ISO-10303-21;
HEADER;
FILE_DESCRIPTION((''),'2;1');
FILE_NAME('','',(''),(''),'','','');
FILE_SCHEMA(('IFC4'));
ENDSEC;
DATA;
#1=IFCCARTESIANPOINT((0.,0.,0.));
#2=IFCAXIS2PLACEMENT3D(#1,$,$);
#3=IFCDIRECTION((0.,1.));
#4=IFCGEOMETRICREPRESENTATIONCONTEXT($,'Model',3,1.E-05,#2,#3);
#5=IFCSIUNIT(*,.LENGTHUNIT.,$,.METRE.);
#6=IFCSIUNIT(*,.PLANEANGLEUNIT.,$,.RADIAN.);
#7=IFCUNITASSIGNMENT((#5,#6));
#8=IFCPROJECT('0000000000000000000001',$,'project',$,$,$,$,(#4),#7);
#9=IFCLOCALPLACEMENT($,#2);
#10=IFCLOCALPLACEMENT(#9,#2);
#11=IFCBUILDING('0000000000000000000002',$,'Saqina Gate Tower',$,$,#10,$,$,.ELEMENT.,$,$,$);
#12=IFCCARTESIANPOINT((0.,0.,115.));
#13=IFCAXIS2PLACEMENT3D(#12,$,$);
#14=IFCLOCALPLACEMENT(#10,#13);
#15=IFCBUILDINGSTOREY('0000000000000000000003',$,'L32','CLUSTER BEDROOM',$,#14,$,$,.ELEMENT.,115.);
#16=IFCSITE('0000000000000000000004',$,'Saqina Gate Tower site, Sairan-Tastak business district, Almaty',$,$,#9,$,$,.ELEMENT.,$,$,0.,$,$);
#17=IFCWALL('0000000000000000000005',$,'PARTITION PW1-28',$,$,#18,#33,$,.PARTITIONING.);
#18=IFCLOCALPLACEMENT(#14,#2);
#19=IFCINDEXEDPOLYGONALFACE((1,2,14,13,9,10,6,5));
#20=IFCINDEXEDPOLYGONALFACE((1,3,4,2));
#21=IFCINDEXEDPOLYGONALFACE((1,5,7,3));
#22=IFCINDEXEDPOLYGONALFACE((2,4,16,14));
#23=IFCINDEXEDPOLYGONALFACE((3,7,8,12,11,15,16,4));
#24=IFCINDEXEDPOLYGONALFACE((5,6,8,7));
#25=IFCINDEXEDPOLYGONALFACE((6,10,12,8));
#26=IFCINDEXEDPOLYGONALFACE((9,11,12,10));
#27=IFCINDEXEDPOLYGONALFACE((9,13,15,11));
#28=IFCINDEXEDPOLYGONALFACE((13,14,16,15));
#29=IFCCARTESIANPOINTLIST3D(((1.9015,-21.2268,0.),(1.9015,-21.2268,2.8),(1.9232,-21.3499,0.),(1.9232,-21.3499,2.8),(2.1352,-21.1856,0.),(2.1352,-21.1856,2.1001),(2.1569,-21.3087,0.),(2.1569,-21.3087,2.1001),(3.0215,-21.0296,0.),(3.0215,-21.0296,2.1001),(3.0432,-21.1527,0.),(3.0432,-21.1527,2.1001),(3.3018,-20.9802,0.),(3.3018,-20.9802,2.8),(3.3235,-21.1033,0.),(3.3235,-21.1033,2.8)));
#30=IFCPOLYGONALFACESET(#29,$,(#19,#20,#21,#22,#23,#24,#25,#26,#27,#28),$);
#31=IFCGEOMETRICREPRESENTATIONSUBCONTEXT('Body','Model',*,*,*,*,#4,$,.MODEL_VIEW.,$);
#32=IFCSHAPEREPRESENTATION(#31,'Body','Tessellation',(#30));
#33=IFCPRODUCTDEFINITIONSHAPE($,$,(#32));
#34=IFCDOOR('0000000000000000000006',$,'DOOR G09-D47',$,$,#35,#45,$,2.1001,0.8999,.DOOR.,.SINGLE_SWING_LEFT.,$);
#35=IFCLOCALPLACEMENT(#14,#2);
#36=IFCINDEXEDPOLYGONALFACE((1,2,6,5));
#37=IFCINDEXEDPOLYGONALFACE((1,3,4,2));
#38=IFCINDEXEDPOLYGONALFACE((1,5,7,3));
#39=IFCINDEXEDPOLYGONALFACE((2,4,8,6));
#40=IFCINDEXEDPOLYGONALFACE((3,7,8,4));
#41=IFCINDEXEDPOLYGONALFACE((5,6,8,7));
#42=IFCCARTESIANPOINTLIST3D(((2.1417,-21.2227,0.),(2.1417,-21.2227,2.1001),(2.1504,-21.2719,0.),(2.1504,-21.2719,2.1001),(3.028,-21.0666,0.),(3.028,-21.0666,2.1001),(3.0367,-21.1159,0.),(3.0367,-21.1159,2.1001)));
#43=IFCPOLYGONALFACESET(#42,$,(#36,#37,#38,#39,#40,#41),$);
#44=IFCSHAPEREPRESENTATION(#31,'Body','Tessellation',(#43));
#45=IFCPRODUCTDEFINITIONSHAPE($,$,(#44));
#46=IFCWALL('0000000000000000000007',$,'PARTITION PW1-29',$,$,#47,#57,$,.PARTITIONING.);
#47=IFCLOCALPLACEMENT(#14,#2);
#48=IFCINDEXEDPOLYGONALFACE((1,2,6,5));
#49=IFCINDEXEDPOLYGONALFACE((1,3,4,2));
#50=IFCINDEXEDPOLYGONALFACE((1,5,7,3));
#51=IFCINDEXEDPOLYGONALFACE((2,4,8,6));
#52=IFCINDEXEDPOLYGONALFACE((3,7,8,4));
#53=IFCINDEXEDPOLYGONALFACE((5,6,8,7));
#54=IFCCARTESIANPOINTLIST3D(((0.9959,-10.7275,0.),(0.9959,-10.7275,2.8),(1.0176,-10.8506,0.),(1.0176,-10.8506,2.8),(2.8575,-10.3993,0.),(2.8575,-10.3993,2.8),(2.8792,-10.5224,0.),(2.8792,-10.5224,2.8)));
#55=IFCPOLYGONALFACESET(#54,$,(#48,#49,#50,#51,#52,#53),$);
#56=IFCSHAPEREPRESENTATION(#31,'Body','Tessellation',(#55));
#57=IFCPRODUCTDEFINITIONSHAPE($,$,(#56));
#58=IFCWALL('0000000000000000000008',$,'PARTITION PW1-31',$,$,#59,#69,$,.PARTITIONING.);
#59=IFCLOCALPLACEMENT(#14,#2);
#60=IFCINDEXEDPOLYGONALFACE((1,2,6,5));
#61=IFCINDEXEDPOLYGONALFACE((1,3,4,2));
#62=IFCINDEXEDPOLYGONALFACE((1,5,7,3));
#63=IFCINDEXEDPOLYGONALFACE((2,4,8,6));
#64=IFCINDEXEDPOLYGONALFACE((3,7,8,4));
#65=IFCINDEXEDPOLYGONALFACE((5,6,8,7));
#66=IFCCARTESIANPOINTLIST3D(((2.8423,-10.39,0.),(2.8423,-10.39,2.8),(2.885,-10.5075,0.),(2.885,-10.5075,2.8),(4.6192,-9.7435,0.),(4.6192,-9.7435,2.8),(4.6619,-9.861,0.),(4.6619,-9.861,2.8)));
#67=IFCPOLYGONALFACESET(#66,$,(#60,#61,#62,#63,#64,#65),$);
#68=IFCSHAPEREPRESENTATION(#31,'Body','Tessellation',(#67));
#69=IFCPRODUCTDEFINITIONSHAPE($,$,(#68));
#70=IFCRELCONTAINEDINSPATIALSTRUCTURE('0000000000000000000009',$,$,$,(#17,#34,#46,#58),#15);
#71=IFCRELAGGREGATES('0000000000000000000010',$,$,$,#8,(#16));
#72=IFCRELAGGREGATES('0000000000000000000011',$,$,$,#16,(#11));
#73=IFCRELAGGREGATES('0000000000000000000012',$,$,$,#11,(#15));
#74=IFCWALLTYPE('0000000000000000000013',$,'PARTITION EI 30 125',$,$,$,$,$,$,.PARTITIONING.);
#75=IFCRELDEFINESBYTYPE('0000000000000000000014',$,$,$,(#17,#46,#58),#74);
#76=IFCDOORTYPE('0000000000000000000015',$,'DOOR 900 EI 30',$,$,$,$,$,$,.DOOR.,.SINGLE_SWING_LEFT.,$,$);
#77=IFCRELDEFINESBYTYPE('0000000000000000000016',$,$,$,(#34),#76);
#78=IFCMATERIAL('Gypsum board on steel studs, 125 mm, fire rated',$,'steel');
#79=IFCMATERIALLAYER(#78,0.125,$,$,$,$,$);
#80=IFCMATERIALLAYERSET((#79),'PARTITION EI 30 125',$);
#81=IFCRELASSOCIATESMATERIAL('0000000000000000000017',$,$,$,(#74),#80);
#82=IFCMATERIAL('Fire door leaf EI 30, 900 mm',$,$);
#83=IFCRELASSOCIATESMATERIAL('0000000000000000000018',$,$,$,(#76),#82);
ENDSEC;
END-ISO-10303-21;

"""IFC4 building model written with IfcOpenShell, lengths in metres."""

from ifc_helpers import new_model, si_unit, direction, frame, frame_2d, origin, place, context, subcontext, project, spatial, rectangle, extrude, material, layer, layer_set, type_object, element, fill, save


model = new_model("IFC4")

# Units and contexts
model_context = context("Model", 3, precision=1e-05, world=origin(), true_north=direction((0.0, 1.0)))
body_context = subcontext(model_context, "Body", "Model", "MODEL_VIEW")
ifc_project = project(units=[si_unit("LENGTHUNIT", "METRE"), si_unit("PLANEANGLEUNIT", "RADIAN")], contexts=[model_context])

# Site, building, storey
site_placement = place(None, origin())
site = spatial("IfcSite", under=ifc_project, at=site_placement, Name="Saqina Gate Tower site, Sairan-Tastak business district, Almaty", CompositionType="ELEMENT", RefElevation=0.0)
building_placement = place(site_placement, origin())
building = spatial("IfcBuilding", under=site, at=building_placement, Name="Saqina Gate Tower", CompositionType="ELEMENT")
storey_placement = place(building_placement, frame((0.0, 0.0, 115.0)))
storey = spatial("IfcBuildingStorey", under=building, at=storey_placement, Name="L32", Description="CLUSTER BEDROOM", CompositionType="ELEMENT", Elevation=115.0)

# Wall, opening, door
ifc_material_1 = material(Name="Gypsum board on steel studs, 125 mm, fire rated", Category="steel")
ifc_layer_1 = layer(ifc_material_1, 0.125)
ifc_layer_set_1 = layer_set([ifc_layer_1], Name="PARTITION EI 30 125")
wall_type_1 = type_object("IfcWallType", Name="PARTITION EI 30 125", PredefinedType="PARTITIONING", material=ifc_layer_set_1)
wall_1_placement = place(storey_placement, frame((1.9124, -21.2883, 0.0), z_axis=(0.0, 0.0, 1.0), x_axis=(0.984849, 0.173413, 0.0)))
wall_1 = element("IfcWall", 1, at=wall_1_placement, inside=storey, type_object=wall_type_1, Name="PARTITION PW1-28", PredefinedType="PARTITIONING", context=body_context, shape_type="SweptSolid", body=[
    extrude(rectangle(XDim=1.4219, YDim=0.125, at=frame_2d((0.7109, 0.0))), origin(), (0.0, 0.0, 1.0), 2.8),
])
opening_1_placement = place(wall_1_placement, frame((0.2373, 0.0, 0.0)))
opening_1 = element("IfcOpeningElement", 2, at=opening_1_placement, cuts=wall_1, PredefinedType="OPENING", context=body_context, shape_type="SweptSolid", body=[
    extrude(rectangle(XDim=0.8999, YDim=2.1001, at=frame_2d((0.45, 1.05))), frame((0.0, 0.0745, 0.0), z_axis=(0.0, -1.0, 0.0), x_axis=(1.0, 0.0, 0.0)), (0.0, 0.0, 1.0), 0.1489),
])
ifc_material_2 = material(Name="Fire door leaf EI 30, 900 mm")
door_type_1 = type_object("IfcDoorType", Name="DOOR 900 EI 30", OperationType="SINGLE_SWING_LEFT", PredefinedType="DOOR", material=ifc_material_2)
door_1_placement = place(opening_1_placement, origin())
door_1 = element("IfcDoor", 3, at=door_1_placement, inside=storey, type_object=door_type_1, Name="DOOR G09-D47", OperationType="SINGLE_SWING_LEFT", OverallHeight=2.1001, OverallWidth=0.8999, PredefinedType="DOOR", context=body_context, shape_type="SweptSolid", body=[
    extrude(rectangle(XDim=0.8999, YDim=2.1001, at=frame_2d((0.45, 1.05))), frame((0.0, 0.0249, 0.0), z_axis=(0.0, -1.0, 0.0), x_axis=(1.0, 0.0, 0.0)), (0.0, 0.0, 1.0), 0.05),
])
fill(opening_1, door_1)

# Walls
wall_2_placement = place(storey_placement, frame((1.0066, -10.7891, 0.0), z_axis=(0.0, 0.0, 1.0), x_axis=(0.984819, 0.173586, 0.0)))
element("IfcWall", 4, at=wall_2_placement, inside=storey, type_object=wall_type_1, Name="PARTITION PW1-29", PredefinedType="PARTITIONING", context=body_context, shape_type="SweptSolid", body=[
    extrude(rectangle(XDim=1.8904, YDim=0.125, at=frame_2d((0.9453, 0.0))), origin(), (0.0, 0.0, 1.0), 2.8),
])
wall_3_placement = place(storey_placement, frame((2.8638, -10.4487, 0.0), z_axis=(0.0, 0.0, 1.0), x_axis=(0.939733, 0.341909, 0.0)))
element("IfcWall", 5, at=wall_3_placement, inside=storey, type_object=wall_type_1, Name="PARTITION PW1-31", PredefinedType="PARTITIONING", context=body_context, shape_type="SweptSolid", body=[
    extrude(rectangle(XDim=1.8909, YDim=0.125, at=frame_2d((0.9453, 0.0))), origin(), (0.0, 0.0, 1.0), 2.8),
])

save(model, "model.ifc")
